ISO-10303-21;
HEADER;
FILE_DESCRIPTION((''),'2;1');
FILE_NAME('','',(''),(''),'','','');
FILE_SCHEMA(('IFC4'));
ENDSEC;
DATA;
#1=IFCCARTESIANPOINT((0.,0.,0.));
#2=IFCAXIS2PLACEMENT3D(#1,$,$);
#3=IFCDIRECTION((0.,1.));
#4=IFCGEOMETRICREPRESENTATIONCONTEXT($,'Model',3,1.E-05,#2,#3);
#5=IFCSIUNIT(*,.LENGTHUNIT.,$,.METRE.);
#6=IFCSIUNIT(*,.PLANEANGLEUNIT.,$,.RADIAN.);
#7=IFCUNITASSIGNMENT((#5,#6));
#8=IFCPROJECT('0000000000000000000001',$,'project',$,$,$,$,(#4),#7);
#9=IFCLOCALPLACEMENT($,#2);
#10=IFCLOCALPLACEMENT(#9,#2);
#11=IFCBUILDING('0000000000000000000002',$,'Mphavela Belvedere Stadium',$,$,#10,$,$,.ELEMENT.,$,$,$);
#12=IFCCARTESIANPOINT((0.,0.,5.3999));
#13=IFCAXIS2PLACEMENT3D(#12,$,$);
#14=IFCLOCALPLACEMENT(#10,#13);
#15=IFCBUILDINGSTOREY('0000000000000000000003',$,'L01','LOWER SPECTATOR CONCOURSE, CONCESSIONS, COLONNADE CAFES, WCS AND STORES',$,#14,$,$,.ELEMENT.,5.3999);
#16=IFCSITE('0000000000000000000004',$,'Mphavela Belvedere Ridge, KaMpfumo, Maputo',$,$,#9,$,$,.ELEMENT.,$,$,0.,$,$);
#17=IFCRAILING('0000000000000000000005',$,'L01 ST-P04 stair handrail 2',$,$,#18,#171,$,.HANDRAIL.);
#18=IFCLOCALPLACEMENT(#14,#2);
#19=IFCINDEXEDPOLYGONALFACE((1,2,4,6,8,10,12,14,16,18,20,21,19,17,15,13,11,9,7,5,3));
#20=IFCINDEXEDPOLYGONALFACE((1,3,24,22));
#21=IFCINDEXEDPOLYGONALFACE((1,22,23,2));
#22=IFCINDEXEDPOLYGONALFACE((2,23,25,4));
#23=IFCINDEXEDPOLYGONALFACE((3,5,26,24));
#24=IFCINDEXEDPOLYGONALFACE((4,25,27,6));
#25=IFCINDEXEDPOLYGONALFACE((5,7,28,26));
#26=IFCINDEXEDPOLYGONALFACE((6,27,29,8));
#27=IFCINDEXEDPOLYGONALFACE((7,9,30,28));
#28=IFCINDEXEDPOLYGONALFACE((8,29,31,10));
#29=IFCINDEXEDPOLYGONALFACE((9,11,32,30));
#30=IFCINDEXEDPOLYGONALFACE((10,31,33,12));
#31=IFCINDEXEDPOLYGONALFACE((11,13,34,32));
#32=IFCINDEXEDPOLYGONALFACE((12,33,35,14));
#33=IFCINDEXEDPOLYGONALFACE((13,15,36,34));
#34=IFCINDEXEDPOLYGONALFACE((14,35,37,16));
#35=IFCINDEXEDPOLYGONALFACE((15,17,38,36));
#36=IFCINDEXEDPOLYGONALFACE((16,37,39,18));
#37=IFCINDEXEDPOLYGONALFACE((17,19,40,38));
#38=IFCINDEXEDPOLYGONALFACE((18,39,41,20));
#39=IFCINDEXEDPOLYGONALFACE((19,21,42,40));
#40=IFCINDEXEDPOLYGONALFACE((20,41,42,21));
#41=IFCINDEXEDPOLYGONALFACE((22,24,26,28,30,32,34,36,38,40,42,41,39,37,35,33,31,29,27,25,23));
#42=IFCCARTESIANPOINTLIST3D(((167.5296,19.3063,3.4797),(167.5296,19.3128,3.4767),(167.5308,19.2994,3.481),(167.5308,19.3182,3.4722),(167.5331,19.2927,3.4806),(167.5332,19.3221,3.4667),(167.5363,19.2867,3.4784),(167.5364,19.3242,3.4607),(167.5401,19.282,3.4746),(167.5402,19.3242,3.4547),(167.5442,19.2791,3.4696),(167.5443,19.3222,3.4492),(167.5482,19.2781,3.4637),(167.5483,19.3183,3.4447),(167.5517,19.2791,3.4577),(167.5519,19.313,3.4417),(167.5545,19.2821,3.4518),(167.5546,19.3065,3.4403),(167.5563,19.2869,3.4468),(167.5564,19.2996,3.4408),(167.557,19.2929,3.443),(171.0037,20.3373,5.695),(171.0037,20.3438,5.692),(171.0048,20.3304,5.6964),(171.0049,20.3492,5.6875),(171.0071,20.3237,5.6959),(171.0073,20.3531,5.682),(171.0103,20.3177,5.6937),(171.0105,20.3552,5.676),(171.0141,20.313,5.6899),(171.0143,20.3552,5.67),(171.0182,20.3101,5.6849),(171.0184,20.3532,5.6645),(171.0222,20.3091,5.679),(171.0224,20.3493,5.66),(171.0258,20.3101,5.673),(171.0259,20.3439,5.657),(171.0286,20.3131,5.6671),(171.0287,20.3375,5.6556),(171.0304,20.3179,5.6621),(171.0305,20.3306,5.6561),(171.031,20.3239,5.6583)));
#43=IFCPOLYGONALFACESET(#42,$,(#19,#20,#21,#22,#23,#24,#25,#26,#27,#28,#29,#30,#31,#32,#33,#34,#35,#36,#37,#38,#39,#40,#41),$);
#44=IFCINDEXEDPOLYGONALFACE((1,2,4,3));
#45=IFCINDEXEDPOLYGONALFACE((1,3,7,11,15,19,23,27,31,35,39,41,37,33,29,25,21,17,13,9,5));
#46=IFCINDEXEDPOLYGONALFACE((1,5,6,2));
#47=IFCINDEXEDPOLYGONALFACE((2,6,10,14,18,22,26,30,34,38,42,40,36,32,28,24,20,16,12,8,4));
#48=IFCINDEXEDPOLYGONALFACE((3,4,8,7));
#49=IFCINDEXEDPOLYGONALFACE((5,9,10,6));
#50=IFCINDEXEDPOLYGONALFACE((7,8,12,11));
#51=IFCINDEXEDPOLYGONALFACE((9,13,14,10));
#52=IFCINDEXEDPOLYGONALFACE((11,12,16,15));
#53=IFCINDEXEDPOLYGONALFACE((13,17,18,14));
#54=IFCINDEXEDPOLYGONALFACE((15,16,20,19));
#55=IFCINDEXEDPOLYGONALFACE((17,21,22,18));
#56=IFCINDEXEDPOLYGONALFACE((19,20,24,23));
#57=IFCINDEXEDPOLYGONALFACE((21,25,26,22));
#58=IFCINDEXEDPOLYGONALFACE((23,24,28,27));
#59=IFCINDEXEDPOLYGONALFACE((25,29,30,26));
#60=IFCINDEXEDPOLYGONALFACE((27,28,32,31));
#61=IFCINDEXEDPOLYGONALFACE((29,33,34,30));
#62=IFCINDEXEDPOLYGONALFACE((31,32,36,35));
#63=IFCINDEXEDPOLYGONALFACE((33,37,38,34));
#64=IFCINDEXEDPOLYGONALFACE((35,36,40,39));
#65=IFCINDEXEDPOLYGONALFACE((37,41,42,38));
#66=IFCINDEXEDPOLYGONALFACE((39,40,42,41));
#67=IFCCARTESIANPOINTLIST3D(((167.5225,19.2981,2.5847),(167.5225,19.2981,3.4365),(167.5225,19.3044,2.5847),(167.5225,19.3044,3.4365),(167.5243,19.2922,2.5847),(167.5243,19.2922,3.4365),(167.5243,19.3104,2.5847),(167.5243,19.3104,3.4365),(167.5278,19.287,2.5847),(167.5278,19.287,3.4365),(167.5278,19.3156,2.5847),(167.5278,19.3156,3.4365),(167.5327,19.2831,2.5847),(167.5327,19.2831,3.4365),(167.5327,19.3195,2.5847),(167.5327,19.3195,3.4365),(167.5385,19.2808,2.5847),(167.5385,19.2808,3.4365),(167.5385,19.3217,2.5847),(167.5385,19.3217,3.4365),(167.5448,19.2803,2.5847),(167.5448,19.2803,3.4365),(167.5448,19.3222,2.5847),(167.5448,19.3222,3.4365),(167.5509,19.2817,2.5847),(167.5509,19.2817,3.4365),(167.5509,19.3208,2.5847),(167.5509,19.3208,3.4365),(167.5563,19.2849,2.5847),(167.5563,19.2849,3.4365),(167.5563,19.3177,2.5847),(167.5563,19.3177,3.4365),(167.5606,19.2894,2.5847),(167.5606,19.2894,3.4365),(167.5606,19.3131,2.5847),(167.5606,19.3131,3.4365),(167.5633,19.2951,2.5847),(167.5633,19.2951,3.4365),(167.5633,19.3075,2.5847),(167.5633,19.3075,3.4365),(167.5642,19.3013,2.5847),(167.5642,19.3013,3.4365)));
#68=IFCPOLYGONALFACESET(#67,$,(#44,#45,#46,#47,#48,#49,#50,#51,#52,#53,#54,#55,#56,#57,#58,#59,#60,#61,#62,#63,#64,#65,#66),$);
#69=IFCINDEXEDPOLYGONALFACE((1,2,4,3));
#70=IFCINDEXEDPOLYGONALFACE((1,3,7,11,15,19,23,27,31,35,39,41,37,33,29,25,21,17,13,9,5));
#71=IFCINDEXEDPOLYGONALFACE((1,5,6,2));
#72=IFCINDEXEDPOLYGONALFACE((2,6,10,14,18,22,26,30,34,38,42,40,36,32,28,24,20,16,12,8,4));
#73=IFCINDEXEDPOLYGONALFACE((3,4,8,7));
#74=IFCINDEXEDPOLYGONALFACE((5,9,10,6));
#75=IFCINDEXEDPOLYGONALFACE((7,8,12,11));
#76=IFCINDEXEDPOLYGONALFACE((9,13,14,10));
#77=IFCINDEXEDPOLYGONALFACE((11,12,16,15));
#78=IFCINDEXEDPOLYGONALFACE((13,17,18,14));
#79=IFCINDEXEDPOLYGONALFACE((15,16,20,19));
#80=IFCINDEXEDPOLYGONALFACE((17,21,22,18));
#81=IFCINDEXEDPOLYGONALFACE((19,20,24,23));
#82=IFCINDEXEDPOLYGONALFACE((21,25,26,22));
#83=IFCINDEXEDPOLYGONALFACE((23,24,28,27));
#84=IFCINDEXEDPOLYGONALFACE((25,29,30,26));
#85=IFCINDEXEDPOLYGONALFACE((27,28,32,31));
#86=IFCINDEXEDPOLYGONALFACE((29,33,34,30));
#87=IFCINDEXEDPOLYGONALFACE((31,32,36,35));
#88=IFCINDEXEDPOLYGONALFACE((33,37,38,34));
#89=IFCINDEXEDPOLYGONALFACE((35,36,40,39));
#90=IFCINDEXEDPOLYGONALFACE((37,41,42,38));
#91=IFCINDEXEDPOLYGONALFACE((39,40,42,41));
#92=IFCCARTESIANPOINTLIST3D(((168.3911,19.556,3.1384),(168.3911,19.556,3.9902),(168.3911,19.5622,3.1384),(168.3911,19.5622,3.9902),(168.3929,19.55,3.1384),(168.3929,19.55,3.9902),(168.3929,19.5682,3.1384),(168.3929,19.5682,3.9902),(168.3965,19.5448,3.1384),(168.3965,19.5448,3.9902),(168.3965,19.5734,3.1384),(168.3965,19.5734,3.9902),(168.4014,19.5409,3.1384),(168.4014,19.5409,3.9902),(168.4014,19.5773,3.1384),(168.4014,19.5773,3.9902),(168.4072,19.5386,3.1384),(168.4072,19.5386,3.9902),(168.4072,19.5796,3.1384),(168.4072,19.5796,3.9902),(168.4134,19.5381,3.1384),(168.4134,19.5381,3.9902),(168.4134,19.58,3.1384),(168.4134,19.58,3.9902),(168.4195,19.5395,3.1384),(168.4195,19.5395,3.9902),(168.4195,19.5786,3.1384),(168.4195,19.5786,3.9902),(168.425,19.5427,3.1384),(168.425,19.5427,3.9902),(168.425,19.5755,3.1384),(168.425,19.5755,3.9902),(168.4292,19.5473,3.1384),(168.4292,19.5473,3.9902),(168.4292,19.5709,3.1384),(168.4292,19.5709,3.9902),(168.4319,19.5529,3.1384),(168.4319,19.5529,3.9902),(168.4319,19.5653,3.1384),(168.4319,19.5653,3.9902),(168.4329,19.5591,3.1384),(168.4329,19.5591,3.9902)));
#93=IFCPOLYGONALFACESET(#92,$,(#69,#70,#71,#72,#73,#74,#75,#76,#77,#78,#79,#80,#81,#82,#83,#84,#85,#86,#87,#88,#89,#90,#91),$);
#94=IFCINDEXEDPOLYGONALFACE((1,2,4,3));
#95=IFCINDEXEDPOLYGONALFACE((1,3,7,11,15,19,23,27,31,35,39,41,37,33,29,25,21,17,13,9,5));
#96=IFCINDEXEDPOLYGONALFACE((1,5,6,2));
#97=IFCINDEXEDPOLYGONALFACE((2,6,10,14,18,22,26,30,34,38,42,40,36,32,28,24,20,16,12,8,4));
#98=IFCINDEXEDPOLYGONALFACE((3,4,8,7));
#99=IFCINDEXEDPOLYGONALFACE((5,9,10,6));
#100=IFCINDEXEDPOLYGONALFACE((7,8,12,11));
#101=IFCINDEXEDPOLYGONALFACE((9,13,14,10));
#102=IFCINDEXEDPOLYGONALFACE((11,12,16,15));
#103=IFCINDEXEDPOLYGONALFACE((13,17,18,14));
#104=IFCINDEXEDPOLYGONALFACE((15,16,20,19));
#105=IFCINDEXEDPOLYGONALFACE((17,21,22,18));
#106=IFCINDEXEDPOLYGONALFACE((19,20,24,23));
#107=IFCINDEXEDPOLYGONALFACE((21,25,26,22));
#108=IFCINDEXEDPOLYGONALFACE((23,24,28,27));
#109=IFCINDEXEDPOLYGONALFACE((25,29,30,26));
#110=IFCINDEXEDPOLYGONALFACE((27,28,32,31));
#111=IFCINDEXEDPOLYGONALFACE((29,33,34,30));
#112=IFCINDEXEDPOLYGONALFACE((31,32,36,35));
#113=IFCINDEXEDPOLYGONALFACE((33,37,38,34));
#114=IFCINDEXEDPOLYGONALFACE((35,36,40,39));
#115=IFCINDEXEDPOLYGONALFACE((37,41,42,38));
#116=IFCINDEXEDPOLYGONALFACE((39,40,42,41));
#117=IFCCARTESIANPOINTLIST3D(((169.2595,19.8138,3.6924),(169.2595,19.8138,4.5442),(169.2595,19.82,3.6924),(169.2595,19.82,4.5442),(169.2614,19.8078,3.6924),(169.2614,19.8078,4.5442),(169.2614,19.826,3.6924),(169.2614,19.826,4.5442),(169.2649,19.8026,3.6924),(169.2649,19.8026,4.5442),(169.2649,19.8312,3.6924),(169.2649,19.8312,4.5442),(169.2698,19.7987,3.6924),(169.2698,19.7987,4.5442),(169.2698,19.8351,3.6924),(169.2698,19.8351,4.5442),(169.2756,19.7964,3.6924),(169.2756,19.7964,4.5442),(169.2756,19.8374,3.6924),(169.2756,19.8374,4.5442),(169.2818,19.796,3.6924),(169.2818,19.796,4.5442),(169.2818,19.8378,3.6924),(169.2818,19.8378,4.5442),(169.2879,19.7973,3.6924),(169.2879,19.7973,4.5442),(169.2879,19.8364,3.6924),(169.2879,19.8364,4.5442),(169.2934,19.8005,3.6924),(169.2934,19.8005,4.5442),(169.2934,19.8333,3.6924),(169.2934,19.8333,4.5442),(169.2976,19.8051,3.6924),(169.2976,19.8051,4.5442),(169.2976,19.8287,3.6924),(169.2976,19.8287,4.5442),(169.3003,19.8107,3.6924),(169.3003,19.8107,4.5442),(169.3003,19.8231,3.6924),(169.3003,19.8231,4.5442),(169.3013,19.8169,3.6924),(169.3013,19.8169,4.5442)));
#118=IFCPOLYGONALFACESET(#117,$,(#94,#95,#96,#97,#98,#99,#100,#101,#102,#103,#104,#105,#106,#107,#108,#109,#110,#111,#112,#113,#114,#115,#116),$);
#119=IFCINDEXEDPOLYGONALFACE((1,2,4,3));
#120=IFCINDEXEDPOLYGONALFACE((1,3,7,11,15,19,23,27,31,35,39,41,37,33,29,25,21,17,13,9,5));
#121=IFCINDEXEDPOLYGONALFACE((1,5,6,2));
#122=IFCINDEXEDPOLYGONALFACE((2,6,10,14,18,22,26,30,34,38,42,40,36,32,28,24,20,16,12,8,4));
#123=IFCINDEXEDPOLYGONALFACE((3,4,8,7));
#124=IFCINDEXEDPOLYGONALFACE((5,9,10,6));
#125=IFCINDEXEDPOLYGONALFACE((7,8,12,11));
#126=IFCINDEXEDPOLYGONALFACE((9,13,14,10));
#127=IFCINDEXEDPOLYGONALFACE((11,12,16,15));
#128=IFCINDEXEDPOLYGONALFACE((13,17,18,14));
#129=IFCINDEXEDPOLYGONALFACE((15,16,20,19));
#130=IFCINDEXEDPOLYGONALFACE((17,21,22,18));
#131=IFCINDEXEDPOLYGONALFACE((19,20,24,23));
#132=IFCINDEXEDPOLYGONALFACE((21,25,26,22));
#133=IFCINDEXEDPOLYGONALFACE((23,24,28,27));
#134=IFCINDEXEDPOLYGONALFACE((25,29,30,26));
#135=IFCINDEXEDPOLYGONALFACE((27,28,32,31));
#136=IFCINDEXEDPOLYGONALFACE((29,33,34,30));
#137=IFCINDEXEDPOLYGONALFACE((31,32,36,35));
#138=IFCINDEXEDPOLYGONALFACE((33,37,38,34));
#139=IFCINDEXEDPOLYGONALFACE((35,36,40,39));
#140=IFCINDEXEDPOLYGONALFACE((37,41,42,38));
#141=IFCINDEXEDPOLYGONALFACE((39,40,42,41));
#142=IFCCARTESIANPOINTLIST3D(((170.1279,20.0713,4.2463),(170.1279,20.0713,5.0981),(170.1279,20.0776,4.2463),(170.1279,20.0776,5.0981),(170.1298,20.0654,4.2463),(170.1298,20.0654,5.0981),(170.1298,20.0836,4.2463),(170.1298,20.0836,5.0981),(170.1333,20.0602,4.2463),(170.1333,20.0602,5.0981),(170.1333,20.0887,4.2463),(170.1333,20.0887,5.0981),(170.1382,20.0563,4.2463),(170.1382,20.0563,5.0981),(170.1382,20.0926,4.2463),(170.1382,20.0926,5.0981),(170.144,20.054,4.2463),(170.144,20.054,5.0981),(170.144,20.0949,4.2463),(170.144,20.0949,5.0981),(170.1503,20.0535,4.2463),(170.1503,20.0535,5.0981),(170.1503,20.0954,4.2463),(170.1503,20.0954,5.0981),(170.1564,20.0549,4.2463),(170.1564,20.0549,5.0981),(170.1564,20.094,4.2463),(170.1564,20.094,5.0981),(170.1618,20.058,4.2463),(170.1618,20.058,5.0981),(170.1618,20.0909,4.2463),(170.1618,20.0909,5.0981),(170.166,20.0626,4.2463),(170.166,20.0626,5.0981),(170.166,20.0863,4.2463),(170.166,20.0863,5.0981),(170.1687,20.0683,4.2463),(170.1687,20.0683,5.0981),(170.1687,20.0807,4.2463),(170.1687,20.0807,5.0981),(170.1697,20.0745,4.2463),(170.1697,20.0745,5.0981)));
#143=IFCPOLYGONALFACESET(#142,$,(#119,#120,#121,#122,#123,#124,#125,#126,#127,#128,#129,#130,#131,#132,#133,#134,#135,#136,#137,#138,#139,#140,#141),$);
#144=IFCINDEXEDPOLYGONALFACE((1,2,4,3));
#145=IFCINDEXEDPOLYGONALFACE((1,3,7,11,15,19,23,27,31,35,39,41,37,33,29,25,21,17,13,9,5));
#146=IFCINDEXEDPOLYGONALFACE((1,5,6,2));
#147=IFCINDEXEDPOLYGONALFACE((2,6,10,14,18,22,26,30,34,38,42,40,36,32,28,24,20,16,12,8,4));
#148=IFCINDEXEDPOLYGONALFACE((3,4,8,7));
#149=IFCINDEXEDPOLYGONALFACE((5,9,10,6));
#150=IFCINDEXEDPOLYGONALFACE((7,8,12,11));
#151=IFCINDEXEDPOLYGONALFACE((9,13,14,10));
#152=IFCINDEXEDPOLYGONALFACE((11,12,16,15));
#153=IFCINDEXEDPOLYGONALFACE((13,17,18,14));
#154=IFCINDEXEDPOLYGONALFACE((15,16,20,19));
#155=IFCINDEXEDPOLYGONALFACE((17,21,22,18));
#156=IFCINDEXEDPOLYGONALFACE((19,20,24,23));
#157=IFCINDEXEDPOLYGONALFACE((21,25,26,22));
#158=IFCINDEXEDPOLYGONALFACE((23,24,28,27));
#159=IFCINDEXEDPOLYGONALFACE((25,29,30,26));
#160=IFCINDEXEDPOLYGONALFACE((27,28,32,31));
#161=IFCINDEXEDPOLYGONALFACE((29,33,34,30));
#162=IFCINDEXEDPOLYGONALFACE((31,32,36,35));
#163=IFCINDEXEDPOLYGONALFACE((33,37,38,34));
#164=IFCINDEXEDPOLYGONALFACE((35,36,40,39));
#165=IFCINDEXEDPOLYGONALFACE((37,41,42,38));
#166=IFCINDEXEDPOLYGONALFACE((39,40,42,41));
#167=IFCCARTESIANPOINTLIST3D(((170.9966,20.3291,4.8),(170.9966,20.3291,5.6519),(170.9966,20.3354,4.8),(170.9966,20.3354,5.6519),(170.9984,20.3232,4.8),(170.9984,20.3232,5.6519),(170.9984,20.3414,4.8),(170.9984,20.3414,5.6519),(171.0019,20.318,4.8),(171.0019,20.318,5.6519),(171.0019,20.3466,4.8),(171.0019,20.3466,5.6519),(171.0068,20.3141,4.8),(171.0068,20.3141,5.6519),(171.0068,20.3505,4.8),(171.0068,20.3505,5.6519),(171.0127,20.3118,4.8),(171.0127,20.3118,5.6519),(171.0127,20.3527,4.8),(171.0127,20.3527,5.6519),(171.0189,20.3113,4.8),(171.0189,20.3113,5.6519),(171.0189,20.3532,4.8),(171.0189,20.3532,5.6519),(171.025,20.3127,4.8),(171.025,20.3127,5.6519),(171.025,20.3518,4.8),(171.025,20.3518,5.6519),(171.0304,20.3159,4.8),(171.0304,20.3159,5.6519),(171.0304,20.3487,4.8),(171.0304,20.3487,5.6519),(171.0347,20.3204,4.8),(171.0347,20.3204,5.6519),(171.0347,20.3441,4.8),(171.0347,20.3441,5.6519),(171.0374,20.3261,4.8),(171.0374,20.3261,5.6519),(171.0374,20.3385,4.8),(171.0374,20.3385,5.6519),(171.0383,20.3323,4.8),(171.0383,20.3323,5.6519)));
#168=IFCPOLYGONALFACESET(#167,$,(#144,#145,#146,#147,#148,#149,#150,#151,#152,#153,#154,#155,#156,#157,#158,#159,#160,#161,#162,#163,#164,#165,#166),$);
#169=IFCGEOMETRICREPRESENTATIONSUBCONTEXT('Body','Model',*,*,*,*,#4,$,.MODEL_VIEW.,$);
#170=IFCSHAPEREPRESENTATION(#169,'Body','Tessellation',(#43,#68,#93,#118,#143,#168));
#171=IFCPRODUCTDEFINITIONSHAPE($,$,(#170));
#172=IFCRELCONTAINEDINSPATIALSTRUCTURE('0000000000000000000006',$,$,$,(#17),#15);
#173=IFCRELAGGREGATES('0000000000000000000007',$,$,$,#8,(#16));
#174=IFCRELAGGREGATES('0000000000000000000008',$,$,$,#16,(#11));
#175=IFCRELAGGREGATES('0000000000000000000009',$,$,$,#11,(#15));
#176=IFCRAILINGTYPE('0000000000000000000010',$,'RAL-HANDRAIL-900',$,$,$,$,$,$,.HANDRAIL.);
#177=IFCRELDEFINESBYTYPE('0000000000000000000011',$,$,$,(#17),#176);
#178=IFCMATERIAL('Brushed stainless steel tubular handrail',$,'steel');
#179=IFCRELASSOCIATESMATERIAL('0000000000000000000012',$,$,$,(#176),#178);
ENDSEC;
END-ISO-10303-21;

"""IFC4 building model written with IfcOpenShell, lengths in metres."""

from ifc_helpers import new_model, si_unit, direction, frame, origin, origin_2d, place, context, subcontext, project, spatial, circle, extrude, material, type_object, element, save


model = new_model("IFC4")

# Units and contexts
model_context = context("Model", 3, precision=1e-05, world=origin(), true_north=direction((0.0, 1.0)))
body_context = subcontext(model_context, "Body", "Model", "MODEL_VIEW")
ifc_project = project(units=[si_unit("LENGTHUNIT", "METRE"), si_unit("PLANEANGLEUNIT", "RADIAN")], contexts=[model_context])

# Site, building, storey
site_placement = place(None, origin())
site = spatial("IfcSite", under=ifc_project, at=site_placement, Name="Mphavela Belvedere Ridge, KaMpfumo, Maputo", CompositionType="ELEMENT", RefElevation=0.0)
building_placement = place(site_placement, origin())
building = spatial("IfcBuilding", under=site, at=building_placement, Name="Mphavela Belvedere Stadium", CompositionType="ELEMENT")
storey_placement = place(building_placement, frame((0.0, 0.0, 5.3999)))
storey = spatial("IfcBuildingStorey", under=building, at=storey_placement, Name="L01", Description="LOWER SPECTATOR CONCOURSE, CONCESSIONS, COLONNADE CAFES, WCS AND STORES", CompositionType="ELEMENT", Elevation=5.3999)

# Railing
ifc_material_1 = material(Name="Brushed stainless steel tubular handrail", Category="steel")
railing_type_1 = type_object("IfcRailingType", Name="RAL-HANDRAIL-900", PredefinedType="HANDRAIL", material=ifc_material_1)
railing_1_placement = place(storey_placement, frame((167.5432, 19.3013, 2.5847)))
element("IfcRailing", 1, at=railing_1_placement, inside=storey, type_object=railing_type_1, Name="L01 ST-P04 stair handrail 2", PredefinedType="HANDRAIL", context=body_context, shape_type="SweptSolid", body=[
    extrude(circle(Radius=0.0239, at=origin_2d()), frame((0.0, 0.0, 0.876), z_axis=(0.817946, 0.24274, 0.521577), x_axis=(-0.284503, 0.958675, 0.0)), (0.0, 0.0, 1.0), 4.2473),
    extrude(circle(Radius=0.021, at=origin_2d()), origin(), (0.0, 0.0, 1.0), 0.8518),
    extrude(circle(Radius=0.021, at=origin_2d()), frame((0.8687, 0.2578, 0.5537)), (0.0, 0.0, 1.0), 0.8518),
    extrude(circle(Radius=0.021, at=origin_2d()), frame((1.7371, 0.5156, 1.1077)), (0.0, 0.0, 1.0), 0.8518),
    extrude(circle(Radius=0.021, at=origin_2d()), frame((2.6055, 0.7732, 1.6616)), (0.0, 0.0, 1.0), 0.8518),
    extrude(circle(Radius=0.021, at=origin_2d()), frame((3.4741, 1.031, 2.2153)), (0.0, 0.0, 1.0), 0.8518),
])

save(model, "model.ifc")
